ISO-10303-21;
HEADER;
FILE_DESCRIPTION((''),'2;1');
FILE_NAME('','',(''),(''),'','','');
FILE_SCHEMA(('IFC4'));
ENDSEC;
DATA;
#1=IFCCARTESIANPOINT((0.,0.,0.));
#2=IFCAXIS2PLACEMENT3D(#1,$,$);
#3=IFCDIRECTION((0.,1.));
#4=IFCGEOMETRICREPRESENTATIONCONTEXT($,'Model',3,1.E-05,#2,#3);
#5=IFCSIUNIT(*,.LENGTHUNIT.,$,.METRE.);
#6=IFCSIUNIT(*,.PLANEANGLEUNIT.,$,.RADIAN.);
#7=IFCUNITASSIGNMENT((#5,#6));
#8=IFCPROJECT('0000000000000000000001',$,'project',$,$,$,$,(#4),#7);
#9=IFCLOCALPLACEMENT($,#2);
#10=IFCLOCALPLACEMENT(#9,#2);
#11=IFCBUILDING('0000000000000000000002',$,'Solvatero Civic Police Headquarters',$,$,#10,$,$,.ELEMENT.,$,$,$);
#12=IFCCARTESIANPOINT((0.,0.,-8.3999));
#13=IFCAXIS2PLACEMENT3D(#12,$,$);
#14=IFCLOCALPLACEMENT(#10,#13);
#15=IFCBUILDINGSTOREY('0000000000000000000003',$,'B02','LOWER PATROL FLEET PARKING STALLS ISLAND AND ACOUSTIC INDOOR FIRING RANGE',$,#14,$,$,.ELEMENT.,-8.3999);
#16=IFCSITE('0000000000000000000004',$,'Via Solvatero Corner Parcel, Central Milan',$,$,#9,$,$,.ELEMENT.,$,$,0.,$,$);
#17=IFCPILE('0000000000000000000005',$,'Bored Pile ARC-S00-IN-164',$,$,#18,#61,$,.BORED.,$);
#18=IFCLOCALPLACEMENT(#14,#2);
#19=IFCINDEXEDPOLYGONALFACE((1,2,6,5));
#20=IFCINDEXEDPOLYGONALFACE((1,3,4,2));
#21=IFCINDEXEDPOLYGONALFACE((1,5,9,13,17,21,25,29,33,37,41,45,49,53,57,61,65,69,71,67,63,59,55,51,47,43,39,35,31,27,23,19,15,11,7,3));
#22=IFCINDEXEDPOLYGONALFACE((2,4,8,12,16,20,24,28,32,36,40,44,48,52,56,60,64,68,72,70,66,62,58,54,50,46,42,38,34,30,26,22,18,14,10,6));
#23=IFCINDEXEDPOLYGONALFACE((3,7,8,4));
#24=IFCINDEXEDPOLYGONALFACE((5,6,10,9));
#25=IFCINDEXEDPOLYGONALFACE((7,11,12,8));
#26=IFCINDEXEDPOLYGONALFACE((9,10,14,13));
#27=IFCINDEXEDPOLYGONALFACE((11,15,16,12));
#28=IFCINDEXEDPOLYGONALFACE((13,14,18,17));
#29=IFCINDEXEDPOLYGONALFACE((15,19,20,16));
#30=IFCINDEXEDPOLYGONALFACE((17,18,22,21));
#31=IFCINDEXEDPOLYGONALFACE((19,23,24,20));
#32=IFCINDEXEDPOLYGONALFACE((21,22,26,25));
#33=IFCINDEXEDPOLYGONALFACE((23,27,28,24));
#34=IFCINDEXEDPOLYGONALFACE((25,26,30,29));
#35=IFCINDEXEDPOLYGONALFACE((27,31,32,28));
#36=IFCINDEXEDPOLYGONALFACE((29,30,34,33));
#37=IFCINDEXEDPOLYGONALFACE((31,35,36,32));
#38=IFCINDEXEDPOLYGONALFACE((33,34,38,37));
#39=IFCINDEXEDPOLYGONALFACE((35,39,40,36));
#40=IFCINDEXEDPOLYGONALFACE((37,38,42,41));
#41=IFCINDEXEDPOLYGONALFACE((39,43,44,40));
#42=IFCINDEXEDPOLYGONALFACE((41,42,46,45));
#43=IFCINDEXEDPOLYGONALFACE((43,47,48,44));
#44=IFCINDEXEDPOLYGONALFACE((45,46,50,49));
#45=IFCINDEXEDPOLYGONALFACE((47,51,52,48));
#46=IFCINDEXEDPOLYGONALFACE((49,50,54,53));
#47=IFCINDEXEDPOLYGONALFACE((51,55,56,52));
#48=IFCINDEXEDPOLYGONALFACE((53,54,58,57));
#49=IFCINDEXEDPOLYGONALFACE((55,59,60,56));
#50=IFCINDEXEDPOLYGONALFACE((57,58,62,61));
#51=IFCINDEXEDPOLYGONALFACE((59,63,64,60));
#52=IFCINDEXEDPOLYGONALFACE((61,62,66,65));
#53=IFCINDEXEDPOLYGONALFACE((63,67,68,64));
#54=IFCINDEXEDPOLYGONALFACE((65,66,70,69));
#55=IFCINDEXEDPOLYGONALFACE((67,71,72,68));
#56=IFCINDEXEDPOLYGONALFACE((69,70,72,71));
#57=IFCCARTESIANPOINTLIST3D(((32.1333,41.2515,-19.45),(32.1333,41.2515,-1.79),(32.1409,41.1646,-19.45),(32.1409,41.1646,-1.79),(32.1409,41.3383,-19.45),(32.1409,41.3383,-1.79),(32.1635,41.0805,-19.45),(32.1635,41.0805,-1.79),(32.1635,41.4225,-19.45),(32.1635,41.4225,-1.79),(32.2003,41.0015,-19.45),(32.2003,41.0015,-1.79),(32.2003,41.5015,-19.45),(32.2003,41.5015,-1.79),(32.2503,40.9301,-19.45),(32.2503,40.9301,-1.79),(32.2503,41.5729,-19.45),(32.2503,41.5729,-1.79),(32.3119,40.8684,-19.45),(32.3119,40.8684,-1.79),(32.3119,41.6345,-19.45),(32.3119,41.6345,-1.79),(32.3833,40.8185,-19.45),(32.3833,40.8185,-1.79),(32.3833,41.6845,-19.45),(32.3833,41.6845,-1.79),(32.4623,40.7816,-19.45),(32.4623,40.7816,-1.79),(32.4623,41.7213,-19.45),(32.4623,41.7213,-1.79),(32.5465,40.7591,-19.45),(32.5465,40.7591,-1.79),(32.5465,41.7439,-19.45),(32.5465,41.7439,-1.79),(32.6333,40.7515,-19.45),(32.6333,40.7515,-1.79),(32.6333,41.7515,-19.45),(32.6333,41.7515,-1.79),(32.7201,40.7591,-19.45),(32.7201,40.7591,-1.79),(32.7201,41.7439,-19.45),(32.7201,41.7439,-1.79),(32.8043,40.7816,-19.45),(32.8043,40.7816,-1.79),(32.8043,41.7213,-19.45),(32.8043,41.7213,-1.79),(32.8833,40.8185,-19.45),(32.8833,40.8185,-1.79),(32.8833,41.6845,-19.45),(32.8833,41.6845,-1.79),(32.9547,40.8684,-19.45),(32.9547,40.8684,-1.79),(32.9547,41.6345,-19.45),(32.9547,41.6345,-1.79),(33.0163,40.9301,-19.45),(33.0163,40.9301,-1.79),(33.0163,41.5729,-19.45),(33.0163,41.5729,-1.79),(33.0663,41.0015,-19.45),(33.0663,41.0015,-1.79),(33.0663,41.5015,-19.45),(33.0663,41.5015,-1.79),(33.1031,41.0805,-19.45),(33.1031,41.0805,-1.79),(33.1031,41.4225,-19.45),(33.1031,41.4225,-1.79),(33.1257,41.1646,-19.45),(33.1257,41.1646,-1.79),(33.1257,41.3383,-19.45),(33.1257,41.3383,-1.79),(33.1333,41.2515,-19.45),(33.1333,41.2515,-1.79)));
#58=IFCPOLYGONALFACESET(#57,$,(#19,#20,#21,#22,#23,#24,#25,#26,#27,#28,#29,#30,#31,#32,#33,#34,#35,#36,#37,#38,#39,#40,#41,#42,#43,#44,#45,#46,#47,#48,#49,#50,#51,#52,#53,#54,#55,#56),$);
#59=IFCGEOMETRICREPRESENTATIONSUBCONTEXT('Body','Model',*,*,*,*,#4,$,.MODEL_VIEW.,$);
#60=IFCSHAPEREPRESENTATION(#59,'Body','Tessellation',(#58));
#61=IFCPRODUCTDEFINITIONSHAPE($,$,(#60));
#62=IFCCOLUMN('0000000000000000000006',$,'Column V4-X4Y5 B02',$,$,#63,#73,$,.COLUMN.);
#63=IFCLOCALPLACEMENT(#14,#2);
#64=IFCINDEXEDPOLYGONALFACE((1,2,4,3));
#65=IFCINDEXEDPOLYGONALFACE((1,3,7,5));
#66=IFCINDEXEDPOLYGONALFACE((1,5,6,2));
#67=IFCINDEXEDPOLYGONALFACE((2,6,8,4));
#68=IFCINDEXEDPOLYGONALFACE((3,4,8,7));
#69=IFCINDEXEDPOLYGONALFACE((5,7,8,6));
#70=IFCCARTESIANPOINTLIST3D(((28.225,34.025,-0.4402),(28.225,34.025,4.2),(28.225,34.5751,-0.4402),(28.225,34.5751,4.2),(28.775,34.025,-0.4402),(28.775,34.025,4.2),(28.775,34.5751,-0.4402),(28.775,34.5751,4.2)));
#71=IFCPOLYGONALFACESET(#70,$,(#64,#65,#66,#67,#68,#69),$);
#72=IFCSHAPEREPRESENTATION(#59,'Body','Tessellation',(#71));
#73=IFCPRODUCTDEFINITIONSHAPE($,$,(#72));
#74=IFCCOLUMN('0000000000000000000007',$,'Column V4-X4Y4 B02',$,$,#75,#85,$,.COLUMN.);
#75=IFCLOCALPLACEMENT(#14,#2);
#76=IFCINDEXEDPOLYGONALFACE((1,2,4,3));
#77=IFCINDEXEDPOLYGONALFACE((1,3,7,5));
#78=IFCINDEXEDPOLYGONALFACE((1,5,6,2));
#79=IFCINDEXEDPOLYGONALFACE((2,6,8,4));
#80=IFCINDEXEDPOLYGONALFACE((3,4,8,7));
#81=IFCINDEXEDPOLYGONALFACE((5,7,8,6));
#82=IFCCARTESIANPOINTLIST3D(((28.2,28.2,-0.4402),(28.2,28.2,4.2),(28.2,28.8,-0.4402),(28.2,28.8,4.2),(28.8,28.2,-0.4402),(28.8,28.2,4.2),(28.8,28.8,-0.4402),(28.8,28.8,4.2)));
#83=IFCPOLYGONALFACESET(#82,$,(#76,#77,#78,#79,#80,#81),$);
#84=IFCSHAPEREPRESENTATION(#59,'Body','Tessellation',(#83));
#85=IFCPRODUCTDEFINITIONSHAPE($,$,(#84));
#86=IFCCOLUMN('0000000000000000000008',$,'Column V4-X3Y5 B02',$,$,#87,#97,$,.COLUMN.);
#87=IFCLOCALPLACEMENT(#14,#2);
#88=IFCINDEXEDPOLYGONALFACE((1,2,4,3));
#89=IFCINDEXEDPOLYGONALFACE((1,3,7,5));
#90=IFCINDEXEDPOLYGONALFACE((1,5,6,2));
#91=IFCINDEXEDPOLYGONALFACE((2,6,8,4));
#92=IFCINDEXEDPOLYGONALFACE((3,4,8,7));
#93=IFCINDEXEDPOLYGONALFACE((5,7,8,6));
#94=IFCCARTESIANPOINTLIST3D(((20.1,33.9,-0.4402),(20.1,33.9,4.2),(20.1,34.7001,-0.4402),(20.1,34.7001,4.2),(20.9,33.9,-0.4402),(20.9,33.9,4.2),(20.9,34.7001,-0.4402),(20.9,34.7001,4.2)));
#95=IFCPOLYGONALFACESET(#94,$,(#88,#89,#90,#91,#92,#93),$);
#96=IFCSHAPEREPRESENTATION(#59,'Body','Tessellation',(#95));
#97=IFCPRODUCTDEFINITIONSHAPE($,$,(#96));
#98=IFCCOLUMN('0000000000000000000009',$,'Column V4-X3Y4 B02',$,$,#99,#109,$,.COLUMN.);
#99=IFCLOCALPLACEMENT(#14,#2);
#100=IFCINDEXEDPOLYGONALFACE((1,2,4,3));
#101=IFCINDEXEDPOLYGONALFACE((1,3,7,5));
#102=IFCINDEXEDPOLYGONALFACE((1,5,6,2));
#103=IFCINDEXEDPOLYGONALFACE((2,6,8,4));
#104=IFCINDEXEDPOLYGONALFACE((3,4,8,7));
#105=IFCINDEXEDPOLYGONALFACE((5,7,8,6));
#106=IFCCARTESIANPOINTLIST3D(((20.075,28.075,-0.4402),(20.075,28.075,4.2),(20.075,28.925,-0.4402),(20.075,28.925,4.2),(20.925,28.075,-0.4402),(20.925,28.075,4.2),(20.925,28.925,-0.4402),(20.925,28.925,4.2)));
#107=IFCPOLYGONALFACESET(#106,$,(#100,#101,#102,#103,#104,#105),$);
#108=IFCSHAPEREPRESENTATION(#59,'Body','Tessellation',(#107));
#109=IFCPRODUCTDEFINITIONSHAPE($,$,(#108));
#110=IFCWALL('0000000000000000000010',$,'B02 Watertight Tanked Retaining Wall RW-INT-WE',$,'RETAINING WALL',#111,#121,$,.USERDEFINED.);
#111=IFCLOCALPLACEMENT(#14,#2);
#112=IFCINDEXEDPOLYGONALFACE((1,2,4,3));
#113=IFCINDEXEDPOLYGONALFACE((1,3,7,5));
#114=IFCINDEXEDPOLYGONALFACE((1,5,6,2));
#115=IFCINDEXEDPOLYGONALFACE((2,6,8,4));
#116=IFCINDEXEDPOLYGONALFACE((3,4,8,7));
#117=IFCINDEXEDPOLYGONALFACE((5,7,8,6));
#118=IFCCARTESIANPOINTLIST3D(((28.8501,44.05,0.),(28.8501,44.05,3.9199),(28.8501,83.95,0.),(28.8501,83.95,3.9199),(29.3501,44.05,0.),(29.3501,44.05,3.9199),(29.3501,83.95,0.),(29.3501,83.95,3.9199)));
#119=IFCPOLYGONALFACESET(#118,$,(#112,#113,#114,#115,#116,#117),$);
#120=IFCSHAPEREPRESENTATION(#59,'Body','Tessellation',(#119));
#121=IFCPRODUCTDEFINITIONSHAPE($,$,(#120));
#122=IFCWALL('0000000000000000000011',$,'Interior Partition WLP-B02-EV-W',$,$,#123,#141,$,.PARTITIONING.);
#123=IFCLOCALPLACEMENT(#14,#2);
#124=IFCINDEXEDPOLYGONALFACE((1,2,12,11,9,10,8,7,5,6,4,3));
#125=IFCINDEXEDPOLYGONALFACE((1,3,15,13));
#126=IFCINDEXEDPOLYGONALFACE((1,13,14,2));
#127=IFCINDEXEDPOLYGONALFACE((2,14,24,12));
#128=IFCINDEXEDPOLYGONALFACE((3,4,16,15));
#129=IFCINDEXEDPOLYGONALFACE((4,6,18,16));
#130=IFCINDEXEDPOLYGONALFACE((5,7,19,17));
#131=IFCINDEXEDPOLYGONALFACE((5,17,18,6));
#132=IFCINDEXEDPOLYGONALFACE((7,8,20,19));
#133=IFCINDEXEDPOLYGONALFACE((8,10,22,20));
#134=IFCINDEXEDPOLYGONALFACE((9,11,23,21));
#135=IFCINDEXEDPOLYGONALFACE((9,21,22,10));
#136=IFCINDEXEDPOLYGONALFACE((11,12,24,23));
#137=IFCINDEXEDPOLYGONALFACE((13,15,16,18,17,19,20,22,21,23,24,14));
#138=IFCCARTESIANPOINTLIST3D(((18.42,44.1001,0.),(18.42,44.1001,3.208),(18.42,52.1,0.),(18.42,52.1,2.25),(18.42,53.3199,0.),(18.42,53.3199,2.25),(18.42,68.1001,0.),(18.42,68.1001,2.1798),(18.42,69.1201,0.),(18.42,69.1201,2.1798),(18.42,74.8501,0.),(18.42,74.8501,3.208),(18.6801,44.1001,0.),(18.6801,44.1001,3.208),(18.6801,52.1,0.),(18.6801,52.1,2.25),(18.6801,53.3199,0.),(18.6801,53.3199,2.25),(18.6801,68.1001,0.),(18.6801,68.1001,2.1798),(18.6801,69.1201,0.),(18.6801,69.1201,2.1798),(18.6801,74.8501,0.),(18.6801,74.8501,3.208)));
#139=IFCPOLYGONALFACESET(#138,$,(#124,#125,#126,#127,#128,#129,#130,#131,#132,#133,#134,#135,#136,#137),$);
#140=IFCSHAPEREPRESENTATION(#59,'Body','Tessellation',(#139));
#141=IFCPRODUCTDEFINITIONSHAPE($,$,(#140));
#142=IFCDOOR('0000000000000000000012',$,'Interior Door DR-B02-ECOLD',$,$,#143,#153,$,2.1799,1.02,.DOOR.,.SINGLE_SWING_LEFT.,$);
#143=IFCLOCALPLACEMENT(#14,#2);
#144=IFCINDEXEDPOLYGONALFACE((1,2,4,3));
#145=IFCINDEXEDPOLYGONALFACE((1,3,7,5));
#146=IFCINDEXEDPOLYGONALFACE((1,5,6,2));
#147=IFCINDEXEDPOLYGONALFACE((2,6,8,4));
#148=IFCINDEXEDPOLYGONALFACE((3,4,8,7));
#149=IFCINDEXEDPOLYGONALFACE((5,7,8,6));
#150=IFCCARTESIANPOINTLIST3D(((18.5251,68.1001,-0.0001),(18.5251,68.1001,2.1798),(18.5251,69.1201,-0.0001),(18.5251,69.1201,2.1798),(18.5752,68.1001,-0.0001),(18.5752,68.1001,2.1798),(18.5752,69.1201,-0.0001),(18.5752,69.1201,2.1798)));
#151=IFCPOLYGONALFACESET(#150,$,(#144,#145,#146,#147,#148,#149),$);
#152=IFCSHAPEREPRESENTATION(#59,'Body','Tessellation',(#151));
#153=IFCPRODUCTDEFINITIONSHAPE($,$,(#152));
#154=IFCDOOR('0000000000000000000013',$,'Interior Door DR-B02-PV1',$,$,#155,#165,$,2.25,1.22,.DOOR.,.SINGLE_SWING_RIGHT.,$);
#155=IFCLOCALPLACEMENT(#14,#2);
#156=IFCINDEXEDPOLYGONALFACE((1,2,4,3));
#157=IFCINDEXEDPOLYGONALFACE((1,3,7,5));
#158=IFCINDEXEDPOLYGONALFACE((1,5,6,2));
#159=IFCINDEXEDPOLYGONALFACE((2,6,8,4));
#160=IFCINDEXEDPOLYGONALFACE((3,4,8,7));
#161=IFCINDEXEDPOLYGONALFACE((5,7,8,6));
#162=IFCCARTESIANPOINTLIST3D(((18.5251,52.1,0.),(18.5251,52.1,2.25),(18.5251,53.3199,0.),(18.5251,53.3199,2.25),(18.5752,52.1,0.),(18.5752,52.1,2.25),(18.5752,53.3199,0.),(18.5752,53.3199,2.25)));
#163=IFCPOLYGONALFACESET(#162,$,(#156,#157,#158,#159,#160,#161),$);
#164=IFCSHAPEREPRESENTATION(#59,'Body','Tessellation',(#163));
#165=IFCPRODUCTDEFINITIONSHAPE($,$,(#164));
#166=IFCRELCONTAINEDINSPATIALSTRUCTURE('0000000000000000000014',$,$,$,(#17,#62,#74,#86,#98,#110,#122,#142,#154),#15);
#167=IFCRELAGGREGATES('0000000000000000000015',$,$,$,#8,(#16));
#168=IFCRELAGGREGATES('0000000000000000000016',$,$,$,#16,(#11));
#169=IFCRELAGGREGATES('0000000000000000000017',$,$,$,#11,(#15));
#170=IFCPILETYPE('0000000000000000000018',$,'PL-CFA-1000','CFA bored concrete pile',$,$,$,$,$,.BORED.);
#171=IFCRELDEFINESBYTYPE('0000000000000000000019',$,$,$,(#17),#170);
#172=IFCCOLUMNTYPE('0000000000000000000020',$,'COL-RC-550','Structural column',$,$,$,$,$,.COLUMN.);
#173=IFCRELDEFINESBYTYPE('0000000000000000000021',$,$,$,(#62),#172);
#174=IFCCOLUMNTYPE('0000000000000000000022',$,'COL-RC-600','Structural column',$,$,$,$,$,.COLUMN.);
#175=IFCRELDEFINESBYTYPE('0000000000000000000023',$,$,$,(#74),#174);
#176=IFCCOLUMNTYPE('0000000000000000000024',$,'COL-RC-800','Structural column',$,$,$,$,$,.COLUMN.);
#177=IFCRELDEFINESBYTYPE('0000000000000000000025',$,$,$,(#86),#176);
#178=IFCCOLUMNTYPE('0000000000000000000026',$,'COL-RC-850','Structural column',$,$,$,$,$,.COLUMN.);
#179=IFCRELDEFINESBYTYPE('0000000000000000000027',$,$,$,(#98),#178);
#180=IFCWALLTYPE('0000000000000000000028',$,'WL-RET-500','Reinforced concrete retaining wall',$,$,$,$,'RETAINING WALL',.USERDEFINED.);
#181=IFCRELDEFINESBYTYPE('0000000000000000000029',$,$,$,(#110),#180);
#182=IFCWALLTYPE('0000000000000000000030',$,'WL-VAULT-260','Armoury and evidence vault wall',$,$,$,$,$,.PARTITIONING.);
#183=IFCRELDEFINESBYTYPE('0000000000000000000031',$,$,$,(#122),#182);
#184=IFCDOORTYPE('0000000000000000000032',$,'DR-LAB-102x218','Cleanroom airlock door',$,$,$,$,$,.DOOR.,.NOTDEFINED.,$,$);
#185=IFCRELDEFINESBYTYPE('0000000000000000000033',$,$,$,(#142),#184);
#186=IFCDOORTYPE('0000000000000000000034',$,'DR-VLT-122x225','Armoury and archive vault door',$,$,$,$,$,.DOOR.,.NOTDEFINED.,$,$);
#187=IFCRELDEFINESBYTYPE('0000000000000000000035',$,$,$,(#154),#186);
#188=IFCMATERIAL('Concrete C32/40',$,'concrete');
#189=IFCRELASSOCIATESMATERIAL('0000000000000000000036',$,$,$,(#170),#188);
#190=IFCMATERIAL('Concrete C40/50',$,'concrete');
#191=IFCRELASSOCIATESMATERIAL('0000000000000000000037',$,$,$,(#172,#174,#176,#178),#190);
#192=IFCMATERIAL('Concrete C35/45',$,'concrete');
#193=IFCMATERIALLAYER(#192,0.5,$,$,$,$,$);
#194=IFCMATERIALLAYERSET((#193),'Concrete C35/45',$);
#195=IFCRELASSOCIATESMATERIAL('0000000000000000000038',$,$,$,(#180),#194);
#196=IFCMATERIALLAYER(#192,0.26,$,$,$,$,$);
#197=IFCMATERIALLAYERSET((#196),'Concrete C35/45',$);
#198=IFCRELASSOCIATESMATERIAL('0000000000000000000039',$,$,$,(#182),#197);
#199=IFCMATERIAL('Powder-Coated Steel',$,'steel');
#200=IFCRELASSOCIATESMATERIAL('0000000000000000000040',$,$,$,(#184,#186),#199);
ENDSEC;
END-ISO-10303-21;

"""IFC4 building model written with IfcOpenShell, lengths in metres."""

from ifc_helpers import new_model, si_unit, direction, frame, frame_2d, origin, origin_2d, place, context, subcontext, project, spatial, rectangle, circle, extrude, material, layer, layer_set, material_profile, profile_set, type_object, element, fill, save


model = new_model("IFC4")

# Units and contexts
model_context = context("Model", 3, precision=1e-05, world=origin(), true_north=direction((0.0, 1.0)))
body_context = subcontext(model_context, "Body", "Model", "MODEL_VIEW")
ifc_project = project(units=[si_unit("LENGTHUNIT", "METRE"), si_unit("PLANEANGLEUNIT", "RADIAN")], contexts=[model_context])

# Site, building, storey
site_placement = place(None, origin())
site = spatial("IfcSite", under=ifc_project, at=site_placement, Name="Via Solvatero Corner Parcel, Central Milan", CompositionType="ELEMENT", RefElevation=0.0)
building_placement = place(site_placement, origin())
building = spatial("IfcBuilding", under=site, at=building_placement, Name="Solvatero Civic Police Headquarters", CompositionType="ELEMENT")
storey_placement = place(building_placement, frame((0.0, 0.0, -8.3999)))
storey = spatial("IfcBuildingStorey", under=building, at=storey_placement, Name="B02", Description="LOWER PATROL FLEET PARKING STALLS ISLAND AND ACOUSTIC INDOOR FIRING RANGE", CompositionType="ELEMENT", Elevation=-8.3999)

# Pile
ifc_material_1 = material(Name="Concrete C32/40", Category="concrete")
ifc_material_profile_1 = material_profile(ifc_material_1, circle(Radius=0.5, at=origin_2d()), Name="CFA PILE D1000")
ifc_profile_set_1 = profile_set([ifc_material_profile_1], Name="Concrete C32/40")
pile_type = type_object("IfcPileType", Name="PL-CFA-1000", Description="CFA bored concrete pile", PredefinedType="BORED", material=ifc_profile_set_1)
for number, where, z_axis, x_axis, name in (
    (1, (32.6333, 41.2515, -1.79), (0.0, 0.0, -1.0), (1.0, 0.0, 0.0), "Bored Pile ARC-S00-IN-164"),
):
    element("IfcPile", number, at=place(storey_placement, frame(where, z_axis=z_axis, x_axis=x_axis)), inside=storey, type_object=pile_type, Name=name, PredefinedType="BORED", context=body_context, shape_type="SweptSolid", body=[
        extrude(circle(Radius=0.5, at=origin_2d()), origin(), (0.0, 0.0, 1.0), 17.6599),
    ])

# Columns
ifc_material_2 = material(Name="Concrete C40/50", Category="concrete")
ifc_material_profile_2 = material_profile(ifc_material_2, rectangle(XDim=0.55, YDim=0.55, at=origin_2d()), Name="RC 550x550")
ifc_profile_set_2 = profile_set([ifc_material_profile_2], Name="Concrete C40/50")
column_type_1 = type_object("IfcColumnType", Name="COL-RC-550", Description="Structural column", PredefinedType="COLUMN", material=ifc_profile_set_2)
column_1_placement = place(storey_placement, frame((28.5, 34.3, -0.4402), z_axis=(0.0, 0.0, 1.0), x_axis=(1.0, 0.0, 0.0)))
element("IfcColumn", 2, at=column_1_placement, inside=storey, type_object=column_type_1, Name="Column V4-X4Y5 B02", PredefinedType="COLUMN", context=body_context, shape_type="SweptSolid", body=[
    extrude(rectangle(XDim=0.55, YDim=0.55, at=origin_2d()), origin(), (0.0, 0.0, 1.0), 4.6401),
])
ifc_material_profile_3 = material_profile(ifc_material_2, rectangle(XDim=0.6001, YDim=0.6001, at=origin_2d()), Name="RC 600x600")
ifc_profile_set_3 = profile_set([ifc_material_profile_3], Name="Concrete C40/50")
column_type_2 = type_object("IfcColumnType", Name="COL-RC-600", Description="Structural column", PredefinedType="COLUMN", material=ifc_profile_set_3)
column_2_placement = place(storey_placement, frame((28.5, 28.5, -0.4402), z_axis=(0.0, 0.0, 1.0), x_axis=(1.0, 0.0, 0.0)))
element("IfcColumn", 3, at=column_2_placement, inside=storey, type_object=column_type_2, Name="Column V4-X4Y4 B02", PredefinedType="COLUMN", context=body_context, shape_type="SweptSolid", body=[
    extrude(rectangle(XDim=0.6001, YDim=0.6001, at=origin_2d()), origin(), (0.0, 0.0, 1.0), 4.6401),
])
ifc_material_profile_4 = material_profile(ifc_material_2, rectangle(XDim=0.8, YDim=0.8, at=origin_2d()), Name="RC 800x800")
ifc_profile_set_4 = profile_set([ifc_material_profile_4], Name="Concrete C40/50")
column_type_3 = type_object("IfcColumnType", Name="COL-RC-800", Description="Structural column", PredefinedType="COLUMN", material=ifc_profile_set_4)
column_3_placement = place(storey_placement, frame((20.5, 34.3, -0.4402), z_axis=(0.0, 0.0, 1.0), x_axis=(1.0, 0.0, 0.0)))
element("IfcColumn", 4, at=column_3_placement, inside=storey, type_object=column_type_3, Name="Column V4-X3Y5 B02", PredefinedType="COLUMN", context=body_context, shape_type="SweptSolid", body=[
    extrude(rectangle(XDim=0.8, YDim=0.8, at=origin_2d()), origin(), (0.0, 0.0, 1.0), 4.6401),
])
ifc_material_profile_5 = material_profile(ifc_material_2, rectangle(XDim=0.8501, YDim=0.8501, at=origin_2d()), Name="RC 850x850")
ifc_profile_set_5 = profile_set([ifc_material_profile_5], Name="Concrete C40/50")
column_type_4 = type_object("IfcColumnType", Name="COL-RC-850", Description="Structural column", PredefinedType="COLUMN", material=ifc_profile_set_5)
column_4_placement = place(storey_placement, frame((20.5, 28.5, -0.4402), z_axis=(0.0, 0.0, 1.0), x_axis=(1.0, 0.0, 0.0)))
element("IfcColumn", 5, at=column_4_placement, inside=storey, type_object=column_type_4, Name="Column V4-X3Y4 B02", PredefinedType="COLUMN", context=body_context, shape_type="SweptSolid", body=[
    extrude(rectangle(XDim=0.8501, YDim=0.8501, at=origin_2d()), origin(), (0.0, 0.0, 1.0), 4.6401),
])

# Wall
ifc_material_3 = material(Name="Concrete C35/45", Category="concrete")
ifc_layer_1 = layer(ifc_material_3, 0.5)
ifc_layer_set_1 = layer_set([ifc_layer_1], Name="Concrete C35/45")
wall_type_1 = type_object("IfcWallType", Name="WL-RET-500", Description="Reinforced concrete retaining wall", ElementType="RETAINING WALL", PredefinedType="USERDEFINED", material=ifc_layer_set_1)
wall_1_placement = place(storey_placement, frame((29.1001, 44.05, 0.0), z_axis=(0.0, 0.0, 1.0), x_axis=(0.0, 1.0, 0.0)))
element("IfcWall", 6, at=wall_1_placement, inside=storey, type_object=wall_type_1, Name="B02 Watertight Tanked Retaining Wall RW-INT-WE", ObjectType="RETAINING WALL", PredefinedType="USERDEFINED", context=body_context, shape_type="SweptSolid", body=[
    extrude(rectangle(XDim=39.8999, YDim=0.5, at=frame_2d((19.95, 0.0))), origin(), (0.0, 0.0, 1.0), 3.9199),
])

# Wall, openings, doors
ifc_layer_2 = layer(ifc_material_3, 0.26)
ifc_layer_set_2 = layer_set([ifc_layer_2], Name="Concrete C35/45")
wall_type_2 = type_object("IfcWallType", Name="WL-VAULT-260", Description="Armoury and evidence vault wall", PredefinedType="PARTITIONING", material=ifc_layer_set_2)
wall_2_placement = place(storey_placement, frame((18.55, 44.1001, 0.0), z_axis=(0.0, 0.0, 1.0), x_axis=(0.0, 1.0, 0.0)))
wall_2 = element("IfcWall", 7, at=wall_2_placement, inside=storey, type_object=wall_type_2, Name="Interior Partition WLP-B02-EV-W", PredefinedType="PARTITIONING", context=body_context, shape_type="SweptSolid", body=[
    extrude(rectangle(XDim=30.75, YDim=0.26, at=frame_2d((15.375, 0.0))), origin(), (0.0, 0.0, 1.0), 3.208),
])
opening_1_placement = place(wall_2_placement, frame((8.0, 0.0, 0.0)))
opening_1 = element("IfcOpeningElement", 8, at=opening_1_placement, cuts=wall_2, PredefinedType="OPENING", context=body_context, shape_type="SweptSolid", body=[
    extrude(rectangle(XDim=1.22, YDim=2.25, at=frame_2d((0.6099, 1.125))), frame((0.0, 0.1399, 0.0), z_axis=(0.0, -1.0, 0.0), x_axis=(1.0, 0.0, 0.0)), (0.0, 0.0, 1.0), 0.28),
])
opening_2_placement = place(wall_2_placement, frame((24.0, 0.0, 0.0)))
opening_2 = element("IfcOpeningElement", 9, at=opening_2_placement, cuts=wall_2, PredefinedType="OPENING", context=body_context, shape_type="SweptSolid", body=[
    extrude(rectangle(XDim=1.02, YDim=2.1799, at=frame_2d((0.51, 1.0898))), frame((0.0, 0.1399, 0.0), z_axis=(0.0, -1.0, 0.0), x_axis=(1.0, 0.0, 0.0)), (0.0, 0.0, 1.0), 0.28),
])
ifc_material_4 = material(Name="Powder-Coated Steel", Category="steel")
door_type_1 = type_object("IfcDoorType", Name="DR-LAB-102x218", Description="Cleanroom airlock door", OperationType="NOTDEFINED", PredefinedType="DOOR", material=ifc_material_4)
door_1_placement = place(opening_2_placement, origin())
door_1 = element("IfcDoor", 10, at=door_1_placement, inside=storey, type_object=door_type_1, Name="Interior Door DR-B02-ECOLD", OperationType="SINGLE_SWING_LEFT", OverallHeight=2.1799, OverallWidth=1.02, PredefinedType="DOOR", context=body_context, shape_type="SweptSolid", body=[
    extrude(rectangle(XDim=1.02, YDim=2.1799, at=frame_2d((0.51, 1.0898))), frame((0.0, 0.0249, 0.0), z_axis=(0.0, -1.0, 0.0), x_axis=(1.0, 0.0, 0.0)), (0.0, 0.0, 1.0), 0.05),
])
fill(opening_2, door_1)
door_type_2 = type_object("IfcDoorType", Name="DR-VLT-122x225", Description="Armoury and archive vault door", OperationType="NOTDEFINED", PredefinedType="DOOR", material=ifc_material_4)
door_2_placement = place(opening_1_placement, origin())
door_2 = element("IfcDoor", 11, at=door_2_placement, inside=storey, type_object=door_type_2, Name="Interior Door DR-B02-PV1", OperationType="SINGLE_SWING_RIGHT", OverallHeight=2.25, OverallWidth=1.22, PredefinedType="DOOR", context=body_context, shape_type="SweptSolid", body=[
    extrude(rectangle(XDim=1.22, YDim=2.25, at=frame_2d((0.6099, 1.125))), frame((0.0, 0.0249, 0.0), z_axis=(0.0, -1.0, 0.0), x_axis=(1.0, 0.0, 0.0)), (0.0, 0.0, 1.0), 0.05),
])
fill(opening_1, door_2)

save(model, "model.ifc")
